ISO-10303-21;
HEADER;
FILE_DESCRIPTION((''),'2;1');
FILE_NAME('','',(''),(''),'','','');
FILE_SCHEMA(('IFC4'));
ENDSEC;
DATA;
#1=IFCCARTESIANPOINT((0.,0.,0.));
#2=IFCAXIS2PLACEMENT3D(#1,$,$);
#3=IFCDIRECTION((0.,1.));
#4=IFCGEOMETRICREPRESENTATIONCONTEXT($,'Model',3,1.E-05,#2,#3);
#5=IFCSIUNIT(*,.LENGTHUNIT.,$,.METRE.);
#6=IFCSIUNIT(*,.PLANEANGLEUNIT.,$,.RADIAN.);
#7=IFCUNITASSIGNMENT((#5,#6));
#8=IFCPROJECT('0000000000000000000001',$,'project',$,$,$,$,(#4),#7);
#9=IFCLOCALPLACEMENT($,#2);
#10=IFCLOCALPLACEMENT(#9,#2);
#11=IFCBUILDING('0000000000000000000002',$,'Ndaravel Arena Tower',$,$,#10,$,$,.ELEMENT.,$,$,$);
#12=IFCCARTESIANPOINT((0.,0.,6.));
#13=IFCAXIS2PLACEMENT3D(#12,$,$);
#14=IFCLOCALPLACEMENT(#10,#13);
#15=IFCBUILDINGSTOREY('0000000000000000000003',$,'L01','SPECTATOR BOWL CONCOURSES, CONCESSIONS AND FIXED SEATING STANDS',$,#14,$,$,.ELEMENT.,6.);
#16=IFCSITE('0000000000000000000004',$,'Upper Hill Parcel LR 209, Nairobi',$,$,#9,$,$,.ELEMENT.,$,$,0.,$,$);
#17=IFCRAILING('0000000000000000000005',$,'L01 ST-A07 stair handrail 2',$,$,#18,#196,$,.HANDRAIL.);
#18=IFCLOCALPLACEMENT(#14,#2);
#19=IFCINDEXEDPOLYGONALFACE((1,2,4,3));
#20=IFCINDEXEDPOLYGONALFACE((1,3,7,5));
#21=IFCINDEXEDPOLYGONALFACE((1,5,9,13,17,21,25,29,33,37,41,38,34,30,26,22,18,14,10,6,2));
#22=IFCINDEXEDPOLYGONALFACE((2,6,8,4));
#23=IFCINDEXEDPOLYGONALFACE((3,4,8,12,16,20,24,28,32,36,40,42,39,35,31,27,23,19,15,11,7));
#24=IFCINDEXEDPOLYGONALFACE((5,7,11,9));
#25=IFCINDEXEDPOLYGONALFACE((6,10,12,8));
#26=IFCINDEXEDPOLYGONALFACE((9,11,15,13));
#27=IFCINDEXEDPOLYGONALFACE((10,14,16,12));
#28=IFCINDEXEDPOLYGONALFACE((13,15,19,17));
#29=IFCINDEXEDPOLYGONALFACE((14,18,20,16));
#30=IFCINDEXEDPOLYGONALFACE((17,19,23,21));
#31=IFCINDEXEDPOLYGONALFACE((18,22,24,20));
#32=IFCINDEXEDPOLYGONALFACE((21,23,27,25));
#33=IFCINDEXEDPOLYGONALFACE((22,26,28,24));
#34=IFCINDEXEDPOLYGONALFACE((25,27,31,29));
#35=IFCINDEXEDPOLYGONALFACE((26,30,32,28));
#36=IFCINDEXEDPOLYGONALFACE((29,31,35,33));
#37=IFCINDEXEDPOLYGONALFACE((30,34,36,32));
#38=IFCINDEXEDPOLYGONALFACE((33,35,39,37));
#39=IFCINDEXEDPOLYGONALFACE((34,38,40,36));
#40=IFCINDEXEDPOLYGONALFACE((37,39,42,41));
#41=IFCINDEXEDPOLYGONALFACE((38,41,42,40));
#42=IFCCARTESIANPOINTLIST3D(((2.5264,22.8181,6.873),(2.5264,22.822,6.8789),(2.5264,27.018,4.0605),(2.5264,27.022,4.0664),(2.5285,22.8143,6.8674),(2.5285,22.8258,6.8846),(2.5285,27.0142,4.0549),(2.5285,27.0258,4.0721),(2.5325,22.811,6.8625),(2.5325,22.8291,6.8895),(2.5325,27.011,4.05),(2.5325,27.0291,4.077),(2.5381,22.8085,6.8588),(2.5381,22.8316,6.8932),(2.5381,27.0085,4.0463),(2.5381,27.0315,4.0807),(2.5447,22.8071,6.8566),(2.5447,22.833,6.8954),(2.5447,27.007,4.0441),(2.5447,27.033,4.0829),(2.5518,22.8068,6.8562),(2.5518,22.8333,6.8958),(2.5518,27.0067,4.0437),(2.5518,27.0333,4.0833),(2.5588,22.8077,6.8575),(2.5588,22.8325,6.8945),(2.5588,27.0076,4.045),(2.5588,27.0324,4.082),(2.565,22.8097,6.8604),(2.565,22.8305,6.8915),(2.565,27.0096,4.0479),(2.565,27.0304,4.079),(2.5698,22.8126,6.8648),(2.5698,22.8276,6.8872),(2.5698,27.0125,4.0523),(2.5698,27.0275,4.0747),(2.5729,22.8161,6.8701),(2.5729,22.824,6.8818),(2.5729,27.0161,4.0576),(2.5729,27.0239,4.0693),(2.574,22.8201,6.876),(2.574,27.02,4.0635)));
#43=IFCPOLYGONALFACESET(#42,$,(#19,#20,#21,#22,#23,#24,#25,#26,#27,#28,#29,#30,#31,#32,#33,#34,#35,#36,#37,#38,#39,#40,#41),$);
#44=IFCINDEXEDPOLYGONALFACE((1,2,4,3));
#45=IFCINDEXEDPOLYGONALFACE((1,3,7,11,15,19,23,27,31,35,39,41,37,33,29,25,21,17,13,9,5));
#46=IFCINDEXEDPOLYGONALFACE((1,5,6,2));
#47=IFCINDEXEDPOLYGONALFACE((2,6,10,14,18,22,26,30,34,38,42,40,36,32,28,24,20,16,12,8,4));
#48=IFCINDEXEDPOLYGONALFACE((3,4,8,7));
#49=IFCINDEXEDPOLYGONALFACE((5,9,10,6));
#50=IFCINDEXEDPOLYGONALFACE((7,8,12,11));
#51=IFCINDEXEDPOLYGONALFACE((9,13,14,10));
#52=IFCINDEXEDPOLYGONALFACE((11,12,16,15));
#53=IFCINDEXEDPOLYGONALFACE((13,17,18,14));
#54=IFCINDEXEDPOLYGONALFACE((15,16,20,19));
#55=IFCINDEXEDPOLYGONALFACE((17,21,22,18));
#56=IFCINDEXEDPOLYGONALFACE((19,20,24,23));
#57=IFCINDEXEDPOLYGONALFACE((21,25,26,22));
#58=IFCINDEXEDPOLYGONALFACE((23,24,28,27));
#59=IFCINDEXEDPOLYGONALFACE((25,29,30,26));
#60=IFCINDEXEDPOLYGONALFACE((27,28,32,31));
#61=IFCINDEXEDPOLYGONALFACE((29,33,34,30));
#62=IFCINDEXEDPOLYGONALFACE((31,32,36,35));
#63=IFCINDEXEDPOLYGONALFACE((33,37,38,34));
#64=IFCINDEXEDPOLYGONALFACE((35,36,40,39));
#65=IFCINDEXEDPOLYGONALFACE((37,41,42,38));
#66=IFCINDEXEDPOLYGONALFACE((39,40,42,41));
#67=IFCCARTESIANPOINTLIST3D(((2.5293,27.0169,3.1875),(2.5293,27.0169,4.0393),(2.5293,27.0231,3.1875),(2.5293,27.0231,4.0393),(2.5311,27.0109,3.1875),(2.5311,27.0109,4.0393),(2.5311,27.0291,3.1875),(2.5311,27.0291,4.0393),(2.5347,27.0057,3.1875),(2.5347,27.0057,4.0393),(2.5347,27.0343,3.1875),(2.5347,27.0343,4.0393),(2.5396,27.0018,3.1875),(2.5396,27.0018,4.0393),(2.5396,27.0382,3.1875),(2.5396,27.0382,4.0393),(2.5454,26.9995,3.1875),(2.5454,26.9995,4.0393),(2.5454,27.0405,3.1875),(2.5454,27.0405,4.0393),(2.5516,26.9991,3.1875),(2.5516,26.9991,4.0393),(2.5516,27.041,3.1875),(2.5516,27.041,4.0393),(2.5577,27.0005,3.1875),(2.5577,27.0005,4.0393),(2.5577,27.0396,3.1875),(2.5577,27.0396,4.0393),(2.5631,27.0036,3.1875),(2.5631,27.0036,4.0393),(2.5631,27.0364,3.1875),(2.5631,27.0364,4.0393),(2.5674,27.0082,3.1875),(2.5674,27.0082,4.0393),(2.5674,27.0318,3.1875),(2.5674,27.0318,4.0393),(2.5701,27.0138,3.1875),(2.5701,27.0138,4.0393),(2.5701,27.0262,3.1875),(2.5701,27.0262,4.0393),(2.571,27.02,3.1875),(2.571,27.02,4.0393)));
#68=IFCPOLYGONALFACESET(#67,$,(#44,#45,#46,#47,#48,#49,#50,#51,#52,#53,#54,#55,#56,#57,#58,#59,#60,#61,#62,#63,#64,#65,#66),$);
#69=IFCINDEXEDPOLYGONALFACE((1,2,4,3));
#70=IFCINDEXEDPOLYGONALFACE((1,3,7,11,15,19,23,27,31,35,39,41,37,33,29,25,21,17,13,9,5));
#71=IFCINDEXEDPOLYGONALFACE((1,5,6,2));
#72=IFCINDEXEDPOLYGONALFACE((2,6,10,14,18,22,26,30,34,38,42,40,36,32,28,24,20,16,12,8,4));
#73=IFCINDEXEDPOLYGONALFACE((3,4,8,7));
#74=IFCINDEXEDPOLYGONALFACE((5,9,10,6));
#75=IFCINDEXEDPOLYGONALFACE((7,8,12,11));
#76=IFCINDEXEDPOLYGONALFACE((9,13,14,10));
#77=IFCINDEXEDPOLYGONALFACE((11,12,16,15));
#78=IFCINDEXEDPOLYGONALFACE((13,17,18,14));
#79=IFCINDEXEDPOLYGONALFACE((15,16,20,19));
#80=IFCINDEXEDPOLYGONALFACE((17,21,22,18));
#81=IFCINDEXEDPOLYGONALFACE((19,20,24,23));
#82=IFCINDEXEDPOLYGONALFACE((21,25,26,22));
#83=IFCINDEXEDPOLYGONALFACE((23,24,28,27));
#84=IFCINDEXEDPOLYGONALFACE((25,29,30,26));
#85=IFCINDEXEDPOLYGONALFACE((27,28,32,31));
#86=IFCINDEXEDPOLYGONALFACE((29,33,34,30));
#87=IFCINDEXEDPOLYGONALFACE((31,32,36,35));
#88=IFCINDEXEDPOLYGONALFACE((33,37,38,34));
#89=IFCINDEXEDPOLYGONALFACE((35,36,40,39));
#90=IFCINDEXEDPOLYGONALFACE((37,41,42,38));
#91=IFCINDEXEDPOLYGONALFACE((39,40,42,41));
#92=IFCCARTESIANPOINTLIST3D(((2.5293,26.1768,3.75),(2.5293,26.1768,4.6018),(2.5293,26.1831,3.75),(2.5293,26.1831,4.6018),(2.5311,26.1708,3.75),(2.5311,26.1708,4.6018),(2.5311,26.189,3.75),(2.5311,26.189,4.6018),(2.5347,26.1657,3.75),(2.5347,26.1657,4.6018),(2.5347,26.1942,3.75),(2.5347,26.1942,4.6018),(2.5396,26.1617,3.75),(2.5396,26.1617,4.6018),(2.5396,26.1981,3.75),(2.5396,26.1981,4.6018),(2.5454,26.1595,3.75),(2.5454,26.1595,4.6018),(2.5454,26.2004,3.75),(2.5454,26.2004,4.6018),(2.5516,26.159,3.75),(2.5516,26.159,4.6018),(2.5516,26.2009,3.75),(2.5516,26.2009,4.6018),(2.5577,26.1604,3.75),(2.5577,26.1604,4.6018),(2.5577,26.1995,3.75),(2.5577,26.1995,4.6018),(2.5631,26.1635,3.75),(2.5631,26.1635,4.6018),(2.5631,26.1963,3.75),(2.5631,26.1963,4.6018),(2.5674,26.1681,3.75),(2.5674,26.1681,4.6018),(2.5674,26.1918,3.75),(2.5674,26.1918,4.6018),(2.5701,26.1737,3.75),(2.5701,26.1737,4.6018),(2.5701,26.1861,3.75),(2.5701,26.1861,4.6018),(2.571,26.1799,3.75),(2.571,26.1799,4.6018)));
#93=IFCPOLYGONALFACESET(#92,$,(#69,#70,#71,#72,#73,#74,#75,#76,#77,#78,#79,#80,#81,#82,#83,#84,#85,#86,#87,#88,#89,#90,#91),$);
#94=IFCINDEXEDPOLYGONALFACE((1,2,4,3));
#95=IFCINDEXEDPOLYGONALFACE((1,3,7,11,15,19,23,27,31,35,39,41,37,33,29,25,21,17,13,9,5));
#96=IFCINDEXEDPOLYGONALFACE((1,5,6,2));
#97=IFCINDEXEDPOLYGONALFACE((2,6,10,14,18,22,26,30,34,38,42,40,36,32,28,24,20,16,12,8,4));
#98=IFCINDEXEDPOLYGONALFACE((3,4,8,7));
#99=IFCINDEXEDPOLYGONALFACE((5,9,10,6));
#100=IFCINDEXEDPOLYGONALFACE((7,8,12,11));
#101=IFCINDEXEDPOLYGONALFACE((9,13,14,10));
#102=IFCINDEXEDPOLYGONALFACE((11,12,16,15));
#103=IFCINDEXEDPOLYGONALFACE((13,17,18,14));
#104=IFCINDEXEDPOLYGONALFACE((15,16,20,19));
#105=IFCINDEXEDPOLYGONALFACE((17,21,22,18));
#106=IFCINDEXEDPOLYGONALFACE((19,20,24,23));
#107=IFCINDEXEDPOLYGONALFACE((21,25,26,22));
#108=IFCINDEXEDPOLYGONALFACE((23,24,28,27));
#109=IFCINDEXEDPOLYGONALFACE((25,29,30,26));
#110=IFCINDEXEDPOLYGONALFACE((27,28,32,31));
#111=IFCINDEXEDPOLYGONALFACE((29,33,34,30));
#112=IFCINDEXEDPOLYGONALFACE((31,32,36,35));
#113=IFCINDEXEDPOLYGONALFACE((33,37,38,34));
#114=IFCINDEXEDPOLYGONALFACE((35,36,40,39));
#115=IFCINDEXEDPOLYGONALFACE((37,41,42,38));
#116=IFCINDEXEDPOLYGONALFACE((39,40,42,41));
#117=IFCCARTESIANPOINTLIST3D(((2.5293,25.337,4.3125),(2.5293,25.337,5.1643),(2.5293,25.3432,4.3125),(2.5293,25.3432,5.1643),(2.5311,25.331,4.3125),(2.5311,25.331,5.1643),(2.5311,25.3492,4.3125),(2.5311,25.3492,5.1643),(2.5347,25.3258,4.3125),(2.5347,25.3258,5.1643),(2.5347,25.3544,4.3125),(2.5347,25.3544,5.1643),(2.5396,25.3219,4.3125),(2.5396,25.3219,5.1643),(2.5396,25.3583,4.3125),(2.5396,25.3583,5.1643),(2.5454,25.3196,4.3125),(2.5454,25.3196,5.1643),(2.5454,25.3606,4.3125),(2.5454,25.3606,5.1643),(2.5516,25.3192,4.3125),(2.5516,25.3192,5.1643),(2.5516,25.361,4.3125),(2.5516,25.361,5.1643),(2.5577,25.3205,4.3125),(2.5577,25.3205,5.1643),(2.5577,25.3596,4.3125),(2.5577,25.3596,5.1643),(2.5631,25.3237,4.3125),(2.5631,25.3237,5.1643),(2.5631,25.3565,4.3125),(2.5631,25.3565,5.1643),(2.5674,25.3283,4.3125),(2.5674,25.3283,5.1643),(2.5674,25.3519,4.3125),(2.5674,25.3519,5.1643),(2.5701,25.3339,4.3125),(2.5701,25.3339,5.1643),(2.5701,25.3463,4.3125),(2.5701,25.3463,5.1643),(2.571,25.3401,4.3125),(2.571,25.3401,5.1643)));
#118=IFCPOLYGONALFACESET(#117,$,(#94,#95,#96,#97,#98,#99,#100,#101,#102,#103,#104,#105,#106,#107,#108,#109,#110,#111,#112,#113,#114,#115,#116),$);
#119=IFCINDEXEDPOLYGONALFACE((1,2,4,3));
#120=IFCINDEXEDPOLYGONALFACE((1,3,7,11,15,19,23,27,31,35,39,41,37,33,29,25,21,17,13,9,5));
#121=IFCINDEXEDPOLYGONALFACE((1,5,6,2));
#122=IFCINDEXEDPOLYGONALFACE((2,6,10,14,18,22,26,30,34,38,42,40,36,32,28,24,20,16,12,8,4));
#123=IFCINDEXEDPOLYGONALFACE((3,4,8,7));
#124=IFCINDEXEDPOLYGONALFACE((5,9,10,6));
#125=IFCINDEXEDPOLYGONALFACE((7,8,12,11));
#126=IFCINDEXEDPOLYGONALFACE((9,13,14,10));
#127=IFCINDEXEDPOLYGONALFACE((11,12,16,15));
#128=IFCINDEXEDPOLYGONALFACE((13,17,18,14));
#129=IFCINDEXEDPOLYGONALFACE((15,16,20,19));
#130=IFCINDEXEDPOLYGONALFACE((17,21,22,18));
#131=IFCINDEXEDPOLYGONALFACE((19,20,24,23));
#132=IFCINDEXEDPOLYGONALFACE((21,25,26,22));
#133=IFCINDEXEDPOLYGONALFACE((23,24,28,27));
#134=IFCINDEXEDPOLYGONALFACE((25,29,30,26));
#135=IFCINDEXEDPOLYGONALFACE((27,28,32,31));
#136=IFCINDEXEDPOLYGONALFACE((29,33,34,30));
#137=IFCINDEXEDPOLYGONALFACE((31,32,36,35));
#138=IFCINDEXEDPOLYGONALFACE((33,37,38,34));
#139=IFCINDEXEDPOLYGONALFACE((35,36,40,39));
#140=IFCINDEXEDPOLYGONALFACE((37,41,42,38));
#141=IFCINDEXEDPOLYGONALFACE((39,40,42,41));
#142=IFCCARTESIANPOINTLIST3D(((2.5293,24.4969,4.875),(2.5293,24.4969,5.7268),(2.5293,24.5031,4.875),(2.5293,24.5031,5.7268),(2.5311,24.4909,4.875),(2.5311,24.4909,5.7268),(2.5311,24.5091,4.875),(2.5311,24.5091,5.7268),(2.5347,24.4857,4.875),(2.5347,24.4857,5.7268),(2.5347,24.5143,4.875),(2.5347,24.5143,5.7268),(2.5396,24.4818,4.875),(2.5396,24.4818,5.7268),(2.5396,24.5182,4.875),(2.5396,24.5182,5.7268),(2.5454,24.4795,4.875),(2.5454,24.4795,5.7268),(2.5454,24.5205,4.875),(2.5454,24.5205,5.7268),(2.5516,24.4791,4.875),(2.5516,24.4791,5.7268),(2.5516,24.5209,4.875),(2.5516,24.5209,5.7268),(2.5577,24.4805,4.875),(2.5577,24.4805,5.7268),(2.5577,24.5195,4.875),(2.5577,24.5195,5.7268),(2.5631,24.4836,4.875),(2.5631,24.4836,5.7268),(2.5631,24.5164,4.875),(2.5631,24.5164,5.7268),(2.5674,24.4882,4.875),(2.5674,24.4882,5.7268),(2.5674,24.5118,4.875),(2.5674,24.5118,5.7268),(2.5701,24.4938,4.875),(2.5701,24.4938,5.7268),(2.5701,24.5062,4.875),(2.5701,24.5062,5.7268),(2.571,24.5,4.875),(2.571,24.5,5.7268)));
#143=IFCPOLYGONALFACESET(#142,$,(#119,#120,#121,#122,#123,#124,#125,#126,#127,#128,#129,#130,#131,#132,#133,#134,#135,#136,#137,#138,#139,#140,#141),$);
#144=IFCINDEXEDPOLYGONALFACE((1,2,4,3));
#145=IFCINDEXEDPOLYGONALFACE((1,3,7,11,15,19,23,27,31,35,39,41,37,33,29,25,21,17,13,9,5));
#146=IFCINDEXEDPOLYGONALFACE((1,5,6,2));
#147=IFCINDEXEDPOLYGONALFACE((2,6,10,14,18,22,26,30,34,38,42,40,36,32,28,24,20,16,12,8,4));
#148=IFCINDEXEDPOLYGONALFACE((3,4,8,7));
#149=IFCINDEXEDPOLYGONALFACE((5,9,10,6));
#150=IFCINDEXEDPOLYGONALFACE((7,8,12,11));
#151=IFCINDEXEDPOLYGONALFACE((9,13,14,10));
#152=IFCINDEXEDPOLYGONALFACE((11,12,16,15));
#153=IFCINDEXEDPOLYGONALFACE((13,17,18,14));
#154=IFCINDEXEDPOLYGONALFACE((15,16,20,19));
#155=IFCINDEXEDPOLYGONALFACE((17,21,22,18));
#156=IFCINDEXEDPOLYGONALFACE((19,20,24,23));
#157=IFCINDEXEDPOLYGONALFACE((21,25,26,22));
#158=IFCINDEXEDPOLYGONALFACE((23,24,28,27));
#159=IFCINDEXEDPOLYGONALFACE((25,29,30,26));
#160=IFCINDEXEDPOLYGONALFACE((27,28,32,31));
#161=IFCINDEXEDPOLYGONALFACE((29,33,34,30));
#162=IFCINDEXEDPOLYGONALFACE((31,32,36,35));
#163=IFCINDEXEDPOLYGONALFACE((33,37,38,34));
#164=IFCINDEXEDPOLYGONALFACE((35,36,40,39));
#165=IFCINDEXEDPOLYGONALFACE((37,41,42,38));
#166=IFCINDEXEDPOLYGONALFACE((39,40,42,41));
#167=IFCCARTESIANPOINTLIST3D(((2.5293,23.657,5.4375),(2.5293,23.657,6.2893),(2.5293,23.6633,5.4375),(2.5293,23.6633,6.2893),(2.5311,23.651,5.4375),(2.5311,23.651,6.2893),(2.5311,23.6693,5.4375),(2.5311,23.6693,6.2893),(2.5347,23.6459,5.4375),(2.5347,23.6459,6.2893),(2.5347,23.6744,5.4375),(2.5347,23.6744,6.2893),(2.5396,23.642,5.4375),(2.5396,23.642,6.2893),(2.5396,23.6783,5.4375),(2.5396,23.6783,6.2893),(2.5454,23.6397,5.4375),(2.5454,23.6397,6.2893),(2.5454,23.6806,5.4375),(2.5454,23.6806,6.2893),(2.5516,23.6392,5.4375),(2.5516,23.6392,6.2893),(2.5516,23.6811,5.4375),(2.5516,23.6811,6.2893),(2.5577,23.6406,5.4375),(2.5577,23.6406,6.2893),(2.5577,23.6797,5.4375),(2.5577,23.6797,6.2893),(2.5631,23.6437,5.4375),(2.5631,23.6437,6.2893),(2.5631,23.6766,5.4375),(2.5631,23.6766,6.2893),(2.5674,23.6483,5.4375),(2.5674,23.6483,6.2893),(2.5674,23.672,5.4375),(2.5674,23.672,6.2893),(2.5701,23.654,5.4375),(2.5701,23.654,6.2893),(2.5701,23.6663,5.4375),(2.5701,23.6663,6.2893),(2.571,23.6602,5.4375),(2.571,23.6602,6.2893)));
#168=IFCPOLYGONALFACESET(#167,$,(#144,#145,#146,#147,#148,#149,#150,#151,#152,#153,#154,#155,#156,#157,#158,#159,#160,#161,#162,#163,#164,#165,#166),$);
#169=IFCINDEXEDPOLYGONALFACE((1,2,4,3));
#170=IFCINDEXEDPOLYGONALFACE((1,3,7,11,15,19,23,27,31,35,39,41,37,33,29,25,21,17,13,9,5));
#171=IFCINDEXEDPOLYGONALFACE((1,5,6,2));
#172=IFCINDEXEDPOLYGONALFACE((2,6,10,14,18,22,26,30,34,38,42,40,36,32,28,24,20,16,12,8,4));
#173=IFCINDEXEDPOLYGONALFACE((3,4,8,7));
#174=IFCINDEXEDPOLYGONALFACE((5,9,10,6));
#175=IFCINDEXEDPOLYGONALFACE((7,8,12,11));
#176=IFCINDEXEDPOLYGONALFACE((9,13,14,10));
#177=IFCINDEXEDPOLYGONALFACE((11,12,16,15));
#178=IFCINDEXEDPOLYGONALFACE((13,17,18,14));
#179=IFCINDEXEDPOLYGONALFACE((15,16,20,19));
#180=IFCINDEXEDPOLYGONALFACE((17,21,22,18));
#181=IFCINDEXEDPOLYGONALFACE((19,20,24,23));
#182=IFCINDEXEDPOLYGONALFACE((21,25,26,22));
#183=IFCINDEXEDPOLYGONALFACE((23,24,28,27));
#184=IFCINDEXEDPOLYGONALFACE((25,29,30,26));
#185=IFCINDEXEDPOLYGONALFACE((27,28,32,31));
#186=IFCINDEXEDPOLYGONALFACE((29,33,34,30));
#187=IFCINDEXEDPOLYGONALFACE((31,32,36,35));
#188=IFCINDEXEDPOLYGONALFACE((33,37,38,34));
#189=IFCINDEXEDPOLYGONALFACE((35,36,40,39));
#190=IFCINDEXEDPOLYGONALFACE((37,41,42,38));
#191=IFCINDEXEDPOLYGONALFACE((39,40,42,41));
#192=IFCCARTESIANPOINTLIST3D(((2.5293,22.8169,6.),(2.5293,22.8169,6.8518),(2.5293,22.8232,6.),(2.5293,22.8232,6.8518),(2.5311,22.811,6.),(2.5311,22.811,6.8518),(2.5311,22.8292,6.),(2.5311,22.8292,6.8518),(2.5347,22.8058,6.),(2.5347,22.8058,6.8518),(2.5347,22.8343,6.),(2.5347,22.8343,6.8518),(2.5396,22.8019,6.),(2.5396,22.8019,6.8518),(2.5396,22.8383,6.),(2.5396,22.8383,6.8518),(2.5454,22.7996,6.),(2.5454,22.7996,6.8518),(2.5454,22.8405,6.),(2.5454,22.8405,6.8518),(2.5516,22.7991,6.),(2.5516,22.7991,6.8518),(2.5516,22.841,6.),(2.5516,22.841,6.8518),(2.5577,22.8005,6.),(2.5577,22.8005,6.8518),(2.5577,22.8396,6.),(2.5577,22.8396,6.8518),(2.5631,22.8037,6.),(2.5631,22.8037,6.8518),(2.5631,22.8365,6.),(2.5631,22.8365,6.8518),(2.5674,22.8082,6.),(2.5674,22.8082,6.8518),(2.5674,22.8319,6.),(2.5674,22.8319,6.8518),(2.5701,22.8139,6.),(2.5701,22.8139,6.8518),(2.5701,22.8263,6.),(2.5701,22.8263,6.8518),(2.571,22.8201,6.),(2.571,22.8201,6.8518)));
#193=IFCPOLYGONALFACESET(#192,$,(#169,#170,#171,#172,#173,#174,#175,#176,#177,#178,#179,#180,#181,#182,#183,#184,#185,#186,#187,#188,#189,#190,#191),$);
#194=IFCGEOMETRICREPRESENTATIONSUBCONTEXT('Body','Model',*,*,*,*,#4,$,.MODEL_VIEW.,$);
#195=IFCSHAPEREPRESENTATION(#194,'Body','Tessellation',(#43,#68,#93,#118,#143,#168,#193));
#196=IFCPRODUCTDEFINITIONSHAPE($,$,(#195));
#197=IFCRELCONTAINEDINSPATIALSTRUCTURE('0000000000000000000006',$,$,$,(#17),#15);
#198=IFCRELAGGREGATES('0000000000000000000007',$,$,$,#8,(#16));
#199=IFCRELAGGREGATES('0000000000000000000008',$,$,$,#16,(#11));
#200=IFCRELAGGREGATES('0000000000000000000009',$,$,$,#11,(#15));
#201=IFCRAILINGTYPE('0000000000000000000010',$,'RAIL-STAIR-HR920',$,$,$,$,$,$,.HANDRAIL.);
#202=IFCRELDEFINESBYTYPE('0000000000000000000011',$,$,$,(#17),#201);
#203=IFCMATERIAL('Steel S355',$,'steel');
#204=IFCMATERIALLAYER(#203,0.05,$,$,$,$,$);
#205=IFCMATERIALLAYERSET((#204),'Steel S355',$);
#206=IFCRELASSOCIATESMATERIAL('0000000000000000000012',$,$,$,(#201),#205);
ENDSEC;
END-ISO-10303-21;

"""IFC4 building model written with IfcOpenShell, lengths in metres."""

from ifc_helpers import new_model, si_unit, direction, frame, origin, origin_2d, place, context, subcontext, project, spatial, circle, extrude, material, layer, layer_set, type_object, element, save


model = new_model("IFC4")

# Units and contexts
model_context = context("Model", 3, precision=1e-05, world=origin(), true_north=direction((0.0, 1.0)))
body_context = subcontext(model_context, "Body", "Model", "MODEL_VIEW")
ifc_project = project(units=[si_unit("LENGTHUNIT", "METRE"), si_unit("PLANEANGLEUNIT", "RADIAN")], contexts=[model_context])

# Site, building, storey
site_placement = place(None, origin())
site = spatial("IfcSite", under=ifc_project, at=site_placement, Name="Upper Hill Parcel LR 209, Nairobi", CompositionType="ELEMENT", RefElevation=0.0)
building_placement = place(site_placement, origin())
building = spatial("IfcBuilding", under=site, at=building_placement, Name="Ndaravel Arena Tower", CompositionType="ELEMENT")
storey_placement = place(building_placement, frame((0.0, 0.0, 6.0)))
storey = spatial("IfcBuildingStorey", under=building, at=storey_placement, Name="L01", Description="SPECTATOR BOWL CONCOURSES, CONCESSIONS AND FIXED SEATING STANDS", CompositionType="ELEMENT", Elevation=6.0)

# Railing
ifc_material_1 = material(Name="Steel S355", Category="steel")
ifc_layer_1 = layer(ifc_material_1, 0.05)
ifc_layer_set_1 = layer_set([ifc_layer_1], Name="Steel S355")
railing_type_1 = type_object("IfcRailingType", Name="RAIL-STAIR-HR920", PredefinedType="HANDRAIL", material=ifc_layer_set_1)
for number, where, name in (
    (1, (2.55, 27.02, 3.1875), "L01 ST-A07 stair handrail 2"),
):
    element("IfcRailing", number, at=place(storey_placement, frame(where)), inside=storey, type_object=railing_type_1, Name=name, PredefinedType="HANDRAIL", context=body_context, shape_type="SweptSolid", body=[
        extrude(circle(Radius=0.0239, at=origin_2d()), frame((0.0, 0.0, 0.876), z_axis=(0.0, -0.830904, 0.556416), x_axis=(1.0, 0.0, 0.0)), (0.0, 0.0, 1.0), 5.0547),
        extrude(circle(Radius=0.021, at=origin_2d()), origin(), (0.0, 0.0, 1.0), 0.8518),
        extrude(circle(Radius=0.021, at=origin_2d()), frame((0.0, -0.8401, 0.5625)), (0.0, 0.0, 1.0), 0.8518),
        extrude(circle(Radius=0.021, at=origin_2d()), frame((0.0, -1.6799, 1.125)), (0.0, 0.0, 1.0), 0.8518),
        extrude(circle(Radius=0.021, at=origin_2d()), frame((0.0, -2.52, 1.6875)), (0.0, 0.0, 1.0), 0.8518),
        extrude(circle(Radius=0.021, at=origin_2d()), frame((0.0, -3.3599, 2.25)), (0.0, 0.0, 1.0), 0.8518),
        extrude(circle(Radius=0.021, at=origin_2d()), frame((0.0, -4.2, 2.8125)), (0.0, 0.0, 1.0), 0.8518),
    ])

save(model, "model.ifc")
